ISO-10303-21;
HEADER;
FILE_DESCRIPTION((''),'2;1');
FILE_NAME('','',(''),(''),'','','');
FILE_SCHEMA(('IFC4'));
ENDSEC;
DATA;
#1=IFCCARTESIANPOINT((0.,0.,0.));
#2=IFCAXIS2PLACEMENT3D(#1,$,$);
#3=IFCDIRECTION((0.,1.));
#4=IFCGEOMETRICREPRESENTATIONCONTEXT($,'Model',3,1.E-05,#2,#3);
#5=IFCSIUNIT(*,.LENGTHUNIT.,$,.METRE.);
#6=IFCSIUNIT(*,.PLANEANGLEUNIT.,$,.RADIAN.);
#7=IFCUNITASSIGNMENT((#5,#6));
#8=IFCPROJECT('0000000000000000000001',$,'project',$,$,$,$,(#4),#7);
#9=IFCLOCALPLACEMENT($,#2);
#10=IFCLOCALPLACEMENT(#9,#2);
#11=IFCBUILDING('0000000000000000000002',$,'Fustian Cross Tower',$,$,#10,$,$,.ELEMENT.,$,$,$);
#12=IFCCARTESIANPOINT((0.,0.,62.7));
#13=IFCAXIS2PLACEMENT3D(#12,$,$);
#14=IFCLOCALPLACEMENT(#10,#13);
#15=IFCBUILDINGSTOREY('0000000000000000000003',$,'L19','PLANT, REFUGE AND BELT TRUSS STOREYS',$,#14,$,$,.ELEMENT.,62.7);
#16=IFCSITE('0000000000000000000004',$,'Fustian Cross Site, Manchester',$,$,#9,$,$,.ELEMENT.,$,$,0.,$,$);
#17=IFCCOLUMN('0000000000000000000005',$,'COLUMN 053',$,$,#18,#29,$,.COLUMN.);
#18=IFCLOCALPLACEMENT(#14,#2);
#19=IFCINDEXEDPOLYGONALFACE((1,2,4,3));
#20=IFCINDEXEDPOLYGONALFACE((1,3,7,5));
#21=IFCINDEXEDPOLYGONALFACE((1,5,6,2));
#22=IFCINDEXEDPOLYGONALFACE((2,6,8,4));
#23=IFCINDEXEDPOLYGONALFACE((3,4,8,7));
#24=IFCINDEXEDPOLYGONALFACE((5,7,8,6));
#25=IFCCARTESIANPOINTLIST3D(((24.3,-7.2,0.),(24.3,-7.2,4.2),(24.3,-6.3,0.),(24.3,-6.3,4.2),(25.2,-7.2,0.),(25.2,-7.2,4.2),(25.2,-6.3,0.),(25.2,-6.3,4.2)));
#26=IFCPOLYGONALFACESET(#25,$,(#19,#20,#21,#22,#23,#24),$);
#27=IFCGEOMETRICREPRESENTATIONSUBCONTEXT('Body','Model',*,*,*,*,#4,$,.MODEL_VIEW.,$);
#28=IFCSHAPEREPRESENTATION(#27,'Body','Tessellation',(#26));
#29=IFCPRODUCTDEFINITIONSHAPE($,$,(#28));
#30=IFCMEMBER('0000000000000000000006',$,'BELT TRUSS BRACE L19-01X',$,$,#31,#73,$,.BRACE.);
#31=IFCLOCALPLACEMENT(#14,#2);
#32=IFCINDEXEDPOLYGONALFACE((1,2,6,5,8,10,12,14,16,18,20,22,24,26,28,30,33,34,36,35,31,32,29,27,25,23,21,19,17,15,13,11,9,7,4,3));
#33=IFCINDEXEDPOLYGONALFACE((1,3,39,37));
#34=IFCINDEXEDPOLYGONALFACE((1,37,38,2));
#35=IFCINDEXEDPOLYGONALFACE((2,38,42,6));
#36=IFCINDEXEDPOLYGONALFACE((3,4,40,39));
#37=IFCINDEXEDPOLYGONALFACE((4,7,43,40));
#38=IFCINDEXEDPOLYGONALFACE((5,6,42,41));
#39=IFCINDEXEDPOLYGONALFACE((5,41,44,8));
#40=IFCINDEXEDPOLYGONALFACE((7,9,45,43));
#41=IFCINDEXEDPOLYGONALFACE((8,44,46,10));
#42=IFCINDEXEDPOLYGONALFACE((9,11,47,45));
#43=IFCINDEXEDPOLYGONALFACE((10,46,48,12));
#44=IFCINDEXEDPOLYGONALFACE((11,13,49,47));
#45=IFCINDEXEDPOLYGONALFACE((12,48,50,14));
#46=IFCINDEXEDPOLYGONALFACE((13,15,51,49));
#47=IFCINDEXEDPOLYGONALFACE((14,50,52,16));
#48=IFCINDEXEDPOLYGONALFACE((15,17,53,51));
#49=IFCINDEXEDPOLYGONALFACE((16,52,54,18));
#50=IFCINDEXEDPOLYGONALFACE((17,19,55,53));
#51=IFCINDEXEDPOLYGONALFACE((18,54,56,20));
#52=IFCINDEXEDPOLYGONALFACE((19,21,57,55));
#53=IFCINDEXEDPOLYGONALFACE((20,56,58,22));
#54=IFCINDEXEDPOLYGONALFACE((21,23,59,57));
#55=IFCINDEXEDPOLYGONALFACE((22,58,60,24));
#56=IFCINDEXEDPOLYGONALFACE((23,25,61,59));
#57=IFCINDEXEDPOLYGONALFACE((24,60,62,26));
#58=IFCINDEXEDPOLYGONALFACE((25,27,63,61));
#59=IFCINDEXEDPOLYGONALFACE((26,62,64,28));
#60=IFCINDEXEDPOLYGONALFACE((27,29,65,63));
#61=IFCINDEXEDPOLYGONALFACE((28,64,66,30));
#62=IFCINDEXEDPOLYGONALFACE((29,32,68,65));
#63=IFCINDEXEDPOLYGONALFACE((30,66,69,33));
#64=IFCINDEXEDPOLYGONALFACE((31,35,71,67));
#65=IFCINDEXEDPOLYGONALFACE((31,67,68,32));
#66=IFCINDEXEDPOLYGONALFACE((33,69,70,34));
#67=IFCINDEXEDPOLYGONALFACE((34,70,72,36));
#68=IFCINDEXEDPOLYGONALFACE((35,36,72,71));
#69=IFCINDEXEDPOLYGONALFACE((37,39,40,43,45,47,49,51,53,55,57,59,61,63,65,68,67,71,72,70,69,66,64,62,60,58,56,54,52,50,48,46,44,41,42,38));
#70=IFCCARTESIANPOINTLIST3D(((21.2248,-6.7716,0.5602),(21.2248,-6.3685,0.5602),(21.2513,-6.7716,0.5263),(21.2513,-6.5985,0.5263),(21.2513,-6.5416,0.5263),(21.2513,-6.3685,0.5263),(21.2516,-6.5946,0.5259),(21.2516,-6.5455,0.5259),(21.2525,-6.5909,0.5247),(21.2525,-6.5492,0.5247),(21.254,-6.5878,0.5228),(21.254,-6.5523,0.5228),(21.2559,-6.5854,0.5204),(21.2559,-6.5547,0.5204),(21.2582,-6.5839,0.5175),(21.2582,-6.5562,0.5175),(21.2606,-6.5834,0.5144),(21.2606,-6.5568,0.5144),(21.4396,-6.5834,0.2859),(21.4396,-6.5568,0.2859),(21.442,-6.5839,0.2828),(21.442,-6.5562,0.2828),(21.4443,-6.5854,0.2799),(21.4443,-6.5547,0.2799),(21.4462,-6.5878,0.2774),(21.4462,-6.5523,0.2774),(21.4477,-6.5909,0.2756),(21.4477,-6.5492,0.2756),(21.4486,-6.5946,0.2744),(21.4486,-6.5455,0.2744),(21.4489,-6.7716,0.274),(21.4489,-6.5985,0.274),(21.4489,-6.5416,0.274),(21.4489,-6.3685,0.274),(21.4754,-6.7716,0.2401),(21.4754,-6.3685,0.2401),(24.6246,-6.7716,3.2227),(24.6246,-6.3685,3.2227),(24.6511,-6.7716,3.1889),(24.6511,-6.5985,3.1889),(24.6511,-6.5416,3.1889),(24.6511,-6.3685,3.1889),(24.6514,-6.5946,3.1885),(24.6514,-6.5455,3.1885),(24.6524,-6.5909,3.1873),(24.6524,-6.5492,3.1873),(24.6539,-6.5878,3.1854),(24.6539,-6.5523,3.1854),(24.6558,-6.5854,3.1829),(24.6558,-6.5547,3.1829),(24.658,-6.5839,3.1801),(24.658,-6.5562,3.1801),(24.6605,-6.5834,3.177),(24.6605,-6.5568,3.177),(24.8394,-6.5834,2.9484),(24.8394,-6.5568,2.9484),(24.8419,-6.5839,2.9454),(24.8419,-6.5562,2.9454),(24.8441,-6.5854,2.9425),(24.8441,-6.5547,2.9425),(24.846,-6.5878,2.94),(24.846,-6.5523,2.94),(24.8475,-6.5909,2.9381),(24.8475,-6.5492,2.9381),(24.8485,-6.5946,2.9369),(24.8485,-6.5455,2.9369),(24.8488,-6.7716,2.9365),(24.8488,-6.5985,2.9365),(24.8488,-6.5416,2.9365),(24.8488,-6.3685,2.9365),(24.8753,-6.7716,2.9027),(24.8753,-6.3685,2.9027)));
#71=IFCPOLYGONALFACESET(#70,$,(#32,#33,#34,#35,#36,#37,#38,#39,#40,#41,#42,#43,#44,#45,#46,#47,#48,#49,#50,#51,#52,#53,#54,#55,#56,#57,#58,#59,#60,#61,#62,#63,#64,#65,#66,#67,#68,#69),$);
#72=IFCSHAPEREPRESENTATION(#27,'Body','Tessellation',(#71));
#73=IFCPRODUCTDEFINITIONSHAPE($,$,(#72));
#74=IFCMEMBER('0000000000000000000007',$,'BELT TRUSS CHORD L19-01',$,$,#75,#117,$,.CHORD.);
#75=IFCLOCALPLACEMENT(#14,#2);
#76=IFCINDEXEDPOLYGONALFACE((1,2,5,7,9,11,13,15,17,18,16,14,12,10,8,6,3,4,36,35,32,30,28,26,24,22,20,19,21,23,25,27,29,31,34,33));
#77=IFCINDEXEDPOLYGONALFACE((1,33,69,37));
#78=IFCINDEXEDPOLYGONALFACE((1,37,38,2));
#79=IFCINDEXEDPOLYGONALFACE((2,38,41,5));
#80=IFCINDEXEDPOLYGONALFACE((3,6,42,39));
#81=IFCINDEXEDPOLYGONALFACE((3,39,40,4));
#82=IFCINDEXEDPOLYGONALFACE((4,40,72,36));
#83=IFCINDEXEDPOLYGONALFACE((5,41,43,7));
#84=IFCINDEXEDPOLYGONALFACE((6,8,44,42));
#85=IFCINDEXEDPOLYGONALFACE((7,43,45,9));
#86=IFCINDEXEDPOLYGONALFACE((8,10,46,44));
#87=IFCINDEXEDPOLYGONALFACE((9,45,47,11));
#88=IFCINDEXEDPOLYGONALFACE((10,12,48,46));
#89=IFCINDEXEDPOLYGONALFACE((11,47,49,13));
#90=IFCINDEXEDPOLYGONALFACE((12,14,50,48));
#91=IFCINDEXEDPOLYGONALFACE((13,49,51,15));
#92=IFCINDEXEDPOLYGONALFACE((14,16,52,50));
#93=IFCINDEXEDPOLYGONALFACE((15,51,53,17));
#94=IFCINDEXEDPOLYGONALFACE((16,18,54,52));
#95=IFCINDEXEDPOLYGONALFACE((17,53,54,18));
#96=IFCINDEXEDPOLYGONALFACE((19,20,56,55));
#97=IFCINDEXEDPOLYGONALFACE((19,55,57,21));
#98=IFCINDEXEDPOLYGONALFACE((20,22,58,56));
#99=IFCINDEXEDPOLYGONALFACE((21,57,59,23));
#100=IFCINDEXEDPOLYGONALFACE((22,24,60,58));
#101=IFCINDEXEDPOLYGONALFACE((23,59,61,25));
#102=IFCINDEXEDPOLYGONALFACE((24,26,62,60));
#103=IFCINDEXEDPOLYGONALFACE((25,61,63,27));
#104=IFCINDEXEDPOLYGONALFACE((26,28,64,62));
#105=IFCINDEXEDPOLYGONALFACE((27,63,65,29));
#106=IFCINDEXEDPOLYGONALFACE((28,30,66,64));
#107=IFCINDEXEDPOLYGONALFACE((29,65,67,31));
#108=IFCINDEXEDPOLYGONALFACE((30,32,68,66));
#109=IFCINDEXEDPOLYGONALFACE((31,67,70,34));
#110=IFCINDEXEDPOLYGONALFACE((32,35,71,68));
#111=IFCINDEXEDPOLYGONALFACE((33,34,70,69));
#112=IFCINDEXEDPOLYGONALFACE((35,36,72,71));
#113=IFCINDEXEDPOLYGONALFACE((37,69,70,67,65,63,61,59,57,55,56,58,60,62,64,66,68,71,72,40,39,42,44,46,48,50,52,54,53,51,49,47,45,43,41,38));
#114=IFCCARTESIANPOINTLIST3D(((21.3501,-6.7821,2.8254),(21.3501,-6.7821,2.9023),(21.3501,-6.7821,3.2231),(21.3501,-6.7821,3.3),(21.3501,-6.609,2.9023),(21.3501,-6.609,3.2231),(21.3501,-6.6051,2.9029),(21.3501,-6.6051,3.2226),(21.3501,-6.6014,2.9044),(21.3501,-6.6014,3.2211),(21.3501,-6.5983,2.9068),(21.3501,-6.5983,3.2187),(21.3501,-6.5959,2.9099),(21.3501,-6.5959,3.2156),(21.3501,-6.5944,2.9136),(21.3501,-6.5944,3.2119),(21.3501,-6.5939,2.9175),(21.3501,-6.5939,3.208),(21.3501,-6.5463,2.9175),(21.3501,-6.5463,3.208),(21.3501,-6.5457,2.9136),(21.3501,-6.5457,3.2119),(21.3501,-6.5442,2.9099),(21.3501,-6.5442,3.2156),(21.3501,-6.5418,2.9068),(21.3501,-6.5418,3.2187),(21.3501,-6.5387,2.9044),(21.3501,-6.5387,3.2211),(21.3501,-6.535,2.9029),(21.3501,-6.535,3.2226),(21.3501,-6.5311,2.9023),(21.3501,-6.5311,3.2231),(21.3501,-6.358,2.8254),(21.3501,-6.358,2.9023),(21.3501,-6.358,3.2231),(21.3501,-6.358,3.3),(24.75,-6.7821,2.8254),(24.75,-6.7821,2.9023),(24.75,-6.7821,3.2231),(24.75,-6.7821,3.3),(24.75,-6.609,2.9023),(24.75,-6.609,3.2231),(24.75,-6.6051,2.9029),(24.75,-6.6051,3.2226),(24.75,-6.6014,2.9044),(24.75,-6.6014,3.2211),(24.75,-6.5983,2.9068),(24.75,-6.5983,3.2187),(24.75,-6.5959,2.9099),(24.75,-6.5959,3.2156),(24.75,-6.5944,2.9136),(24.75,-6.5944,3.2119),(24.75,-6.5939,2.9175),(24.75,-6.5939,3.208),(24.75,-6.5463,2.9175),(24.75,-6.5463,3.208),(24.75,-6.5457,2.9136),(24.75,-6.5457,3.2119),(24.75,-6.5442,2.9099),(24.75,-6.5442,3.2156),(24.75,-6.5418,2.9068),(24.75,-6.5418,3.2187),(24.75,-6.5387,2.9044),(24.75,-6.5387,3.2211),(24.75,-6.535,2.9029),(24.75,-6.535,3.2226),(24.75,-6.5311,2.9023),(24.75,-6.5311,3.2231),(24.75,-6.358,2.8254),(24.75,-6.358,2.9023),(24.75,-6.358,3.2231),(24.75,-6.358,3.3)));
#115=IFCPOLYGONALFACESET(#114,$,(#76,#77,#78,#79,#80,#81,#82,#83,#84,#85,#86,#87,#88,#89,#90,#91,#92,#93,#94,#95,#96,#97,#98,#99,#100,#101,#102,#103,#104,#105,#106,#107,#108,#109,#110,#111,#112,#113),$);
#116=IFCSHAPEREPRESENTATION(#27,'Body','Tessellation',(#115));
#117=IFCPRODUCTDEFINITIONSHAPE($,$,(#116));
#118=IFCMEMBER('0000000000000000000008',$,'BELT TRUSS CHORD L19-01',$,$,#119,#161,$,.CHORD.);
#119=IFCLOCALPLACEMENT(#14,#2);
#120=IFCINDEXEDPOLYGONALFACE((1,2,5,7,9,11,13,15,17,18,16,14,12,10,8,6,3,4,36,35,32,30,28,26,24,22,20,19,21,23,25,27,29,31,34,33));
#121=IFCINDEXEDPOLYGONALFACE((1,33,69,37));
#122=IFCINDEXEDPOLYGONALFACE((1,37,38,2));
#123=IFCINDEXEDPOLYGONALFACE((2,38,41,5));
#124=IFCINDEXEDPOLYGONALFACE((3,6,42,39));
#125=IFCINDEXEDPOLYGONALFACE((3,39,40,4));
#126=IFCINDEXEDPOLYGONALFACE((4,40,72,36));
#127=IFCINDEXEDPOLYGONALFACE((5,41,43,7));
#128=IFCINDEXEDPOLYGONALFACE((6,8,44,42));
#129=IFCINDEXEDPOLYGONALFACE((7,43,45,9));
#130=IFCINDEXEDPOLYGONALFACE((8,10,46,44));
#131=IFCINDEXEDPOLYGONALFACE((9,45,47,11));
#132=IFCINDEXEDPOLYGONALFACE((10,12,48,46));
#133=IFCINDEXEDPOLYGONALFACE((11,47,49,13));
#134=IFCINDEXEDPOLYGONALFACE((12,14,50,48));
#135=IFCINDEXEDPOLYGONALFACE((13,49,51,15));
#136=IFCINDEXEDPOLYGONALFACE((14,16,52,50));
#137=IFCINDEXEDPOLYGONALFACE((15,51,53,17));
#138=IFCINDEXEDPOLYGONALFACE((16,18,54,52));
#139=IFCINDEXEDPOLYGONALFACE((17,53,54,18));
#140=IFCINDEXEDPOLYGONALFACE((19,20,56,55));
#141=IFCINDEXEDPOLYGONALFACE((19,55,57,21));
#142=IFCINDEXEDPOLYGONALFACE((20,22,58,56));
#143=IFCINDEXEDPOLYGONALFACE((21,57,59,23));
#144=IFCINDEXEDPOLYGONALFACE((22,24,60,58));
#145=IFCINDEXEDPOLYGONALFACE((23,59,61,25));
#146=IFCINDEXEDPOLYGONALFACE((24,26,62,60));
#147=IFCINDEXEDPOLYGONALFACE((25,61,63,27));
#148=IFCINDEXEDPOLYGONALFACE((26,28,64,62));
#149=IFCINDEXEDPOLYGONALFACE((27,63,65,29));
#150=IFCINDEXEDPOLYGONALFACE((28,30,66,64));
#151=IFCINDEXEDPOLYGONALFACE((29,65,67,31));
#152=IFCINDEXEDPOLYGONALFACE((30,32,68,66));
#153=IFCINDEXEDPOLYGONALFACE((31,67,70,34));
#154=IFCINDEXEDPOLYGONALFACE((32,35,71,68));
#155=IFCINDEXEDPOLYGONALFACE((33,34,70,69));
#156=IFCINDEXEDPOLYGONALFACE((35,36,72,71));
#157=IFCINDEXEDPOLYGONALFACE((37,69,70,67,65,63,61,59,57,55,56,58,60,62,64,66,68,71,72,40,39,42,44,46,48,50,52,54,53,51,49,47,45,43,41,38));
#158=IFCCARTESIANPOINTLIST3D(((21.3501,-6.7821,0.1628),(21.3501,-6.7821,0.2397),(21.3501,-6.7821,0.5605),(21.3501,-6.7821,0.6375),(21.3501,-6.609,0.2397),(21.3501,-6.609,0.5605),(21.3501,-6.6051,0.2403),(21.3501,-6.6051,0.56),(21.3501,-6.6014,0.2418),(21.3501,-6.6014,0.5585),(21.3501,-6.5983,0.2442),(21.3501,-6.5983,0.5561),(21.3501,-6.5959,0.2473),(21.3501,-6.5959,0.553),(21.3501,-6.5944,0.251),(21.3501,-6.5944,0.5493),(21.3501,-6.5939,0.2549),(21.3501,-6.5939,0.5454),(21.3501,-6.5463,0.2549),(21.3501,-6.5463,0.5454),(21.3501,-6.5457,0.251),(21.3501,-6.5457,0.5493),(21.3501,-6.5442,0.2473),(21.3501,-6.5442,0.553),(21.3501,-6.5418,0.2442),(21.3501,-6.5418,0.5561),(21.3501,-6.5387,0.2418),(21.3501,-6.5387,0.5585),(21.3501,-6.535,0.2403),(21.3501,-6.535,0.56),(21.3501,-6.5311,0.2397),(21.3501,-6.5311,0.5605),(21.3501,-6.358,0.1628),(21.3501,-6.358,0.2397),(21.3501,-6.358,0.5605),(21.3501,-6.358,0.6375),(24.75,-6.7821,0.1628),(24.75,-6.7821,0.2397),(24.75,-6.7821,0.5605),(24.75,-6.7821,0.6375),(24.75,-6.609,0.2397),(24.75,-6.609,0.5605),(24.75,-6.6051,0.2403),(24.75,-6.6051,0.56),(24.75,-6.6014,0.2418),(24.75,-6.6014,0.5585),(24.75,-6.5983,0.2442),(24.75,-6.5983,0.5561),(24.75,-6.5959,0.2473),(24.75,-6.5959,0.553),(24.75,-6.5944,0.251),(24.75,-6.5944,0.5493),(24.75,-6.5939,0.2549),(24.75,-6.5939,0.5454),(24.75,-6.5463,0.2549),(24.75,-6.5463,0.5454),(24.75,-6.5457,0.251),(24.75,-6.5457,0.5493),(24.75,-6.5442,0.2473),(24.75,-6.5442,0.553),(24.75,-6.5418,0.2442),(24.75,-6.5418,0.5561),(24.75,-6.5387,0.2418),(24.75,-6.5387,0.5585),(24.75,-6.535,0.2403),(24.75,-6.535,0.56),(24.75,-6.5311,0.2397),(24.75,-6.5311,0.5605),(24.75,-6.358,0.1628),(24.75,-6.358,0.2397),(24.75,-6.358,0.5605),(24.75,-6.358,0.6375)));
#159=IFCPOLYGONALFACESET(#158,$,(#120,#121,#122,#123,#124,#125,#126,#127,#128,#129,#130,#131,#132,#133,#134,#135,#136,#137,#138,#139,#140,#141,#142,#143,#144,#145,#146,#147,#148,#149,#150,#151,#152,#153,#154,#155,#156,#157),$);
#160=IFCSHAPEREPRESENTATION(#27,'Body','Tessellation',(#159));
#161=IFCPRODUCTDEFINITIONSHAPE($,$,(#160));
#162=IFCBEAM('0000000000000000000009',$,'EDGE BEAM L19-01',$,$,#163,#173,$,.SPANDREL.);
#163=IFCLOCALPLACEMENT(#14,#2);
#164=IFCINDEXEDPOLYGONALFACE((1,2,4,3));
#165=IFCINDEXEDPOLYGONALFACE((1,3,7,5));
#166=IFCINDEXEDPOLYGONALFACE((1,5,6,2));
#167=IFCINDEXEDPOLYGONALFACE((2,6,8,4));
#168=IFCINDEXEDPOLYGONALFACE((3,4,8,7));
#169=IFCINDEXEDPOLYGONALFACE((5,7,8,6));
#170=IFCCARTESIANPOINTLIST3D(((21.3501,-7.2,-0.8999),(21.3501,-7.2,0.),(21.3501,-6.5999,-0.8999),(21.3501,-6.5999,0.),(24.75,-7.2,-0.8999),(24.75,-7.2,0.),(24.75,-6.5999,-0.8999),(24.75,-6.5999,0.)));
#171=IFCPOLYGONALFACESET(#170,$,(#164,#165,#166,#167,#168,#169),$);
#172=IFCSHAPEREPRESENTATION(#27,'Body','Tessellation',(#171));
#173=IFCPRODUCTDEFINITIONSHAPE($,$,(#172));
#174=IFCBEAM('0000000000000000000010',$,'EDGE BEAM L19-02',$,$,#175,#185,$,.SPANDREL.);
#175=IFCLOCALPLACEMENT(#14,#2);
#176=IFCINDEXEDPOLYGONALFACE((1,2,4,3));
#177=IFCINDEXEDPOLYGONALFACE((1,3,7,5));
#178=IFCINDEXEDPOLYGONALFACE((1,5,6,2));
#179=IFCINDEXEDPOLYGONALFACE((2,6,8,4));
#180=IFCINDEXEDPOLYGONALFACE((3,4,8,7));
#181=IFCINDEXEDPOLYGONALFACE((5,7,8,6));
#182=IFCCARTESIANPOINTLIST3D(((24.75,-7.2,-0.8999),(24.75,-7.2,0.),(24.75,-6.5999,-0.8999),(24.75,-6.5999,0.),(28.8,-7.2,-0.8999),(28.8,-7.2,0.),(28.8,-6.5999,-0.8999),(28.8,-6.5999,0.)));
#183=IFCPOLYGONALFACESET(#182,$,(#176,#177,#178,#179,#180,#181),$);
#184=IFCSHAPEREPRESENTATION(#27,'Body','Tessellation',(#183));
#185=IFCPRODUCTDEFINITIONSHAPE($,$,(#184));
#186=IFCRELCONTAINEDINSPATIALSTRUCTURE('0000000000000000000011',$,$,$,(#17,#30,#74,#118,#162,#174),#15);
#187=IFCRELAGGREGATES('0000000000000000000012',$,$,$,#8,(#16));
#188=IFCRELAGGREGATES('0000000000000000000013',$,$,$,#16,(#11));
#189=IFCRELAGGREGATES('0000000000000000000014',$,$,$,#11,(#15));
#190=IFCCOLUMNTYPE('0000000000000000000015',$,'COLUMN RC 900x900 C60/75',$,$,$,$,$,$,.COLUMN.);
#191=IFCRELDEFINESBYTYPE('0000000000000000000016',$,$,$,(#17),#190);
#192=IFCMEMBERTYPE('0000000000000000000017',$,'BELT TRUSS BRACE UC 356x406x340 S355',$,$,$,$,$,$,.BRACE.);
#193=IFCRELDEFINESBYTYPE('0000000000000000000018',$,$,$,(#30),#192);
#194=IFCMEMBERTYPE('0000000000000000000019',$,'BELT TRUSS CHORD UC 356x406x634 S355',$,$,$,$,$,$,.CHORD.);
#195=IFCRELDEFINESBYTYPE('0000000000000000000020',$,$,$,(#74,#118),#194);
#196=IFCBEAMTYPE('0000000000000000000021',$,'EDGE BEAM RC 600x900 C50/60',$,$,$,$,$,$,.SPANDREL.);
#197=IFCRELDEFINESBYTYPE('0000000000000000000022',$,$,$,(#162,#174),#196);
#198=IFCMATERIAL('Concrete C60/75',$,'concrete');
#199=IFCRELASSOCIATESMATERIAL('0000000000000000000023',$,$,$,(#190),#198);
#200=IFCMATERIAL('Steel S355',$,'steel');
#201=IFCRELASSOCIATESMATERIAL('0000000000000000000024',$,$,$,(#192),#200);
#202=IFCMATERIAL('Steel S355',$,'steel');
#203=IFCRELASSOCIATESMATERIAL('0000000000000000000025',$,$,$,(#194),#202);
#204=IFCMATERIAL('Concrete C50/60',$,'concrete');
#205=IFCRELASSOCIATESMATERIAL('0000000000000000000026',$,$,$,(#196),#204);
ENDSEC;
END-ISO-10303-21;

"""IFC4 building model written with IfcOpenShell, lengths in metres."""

from ifc_helpers import new_model, si_unit, direction, frame, origin, origin_2d, place, context, subcontext, project, spatial, rectangle, i_section, extrude, material, material_profile, profile_set, type_object, element, save


model = new_model("IFC4")

# Units and contexts
model_context = context("Model", 3, precision=1e-05, world=origin(), true_north=direction((0.0, 1.0)))
body_context = subcontext(model_context, "Body", "Model", "MODEL_VIEW")
ifc_project = project(units=[si_unit("LENGTHUNIT", "METRE"), si_unit("PLANEANGLEUNIT", "RADIAN")], contexts=[model_context])

# Site, building, storey
site_placement = place(None, origin())
site = spatial("IfcSite", under=ifc_project, at=site_placement, Name="Fustian Cross Site, Manchester", CompositionType="ELEMENT", RefElevation=0.0)
building_placement = place(site_placement, origin())
building = spatial("IfcBuilding", under=site, at=building_placement, Name="Fustian Cross Tower", CompositionType="ELEMENT")
storey_placement = place(building_placement, frame((0.0, 0.0, 62.7)))
storey = spatial("IfcBuildingStorey", under=building, at=storey_placement, Name="L19", Description="PLANT, REFUGE AND BELT TRUSS STOREYS", CompositionType="ELEMENT", Elevation=62.7)

# Column
ifc_material_1 = material(Name="Concrete C60/75", Category="concrete")
ifc_material_profile_1 = material_profile(ifc_material_1, rectangle(XDim=0.8999, YDim=0.8999, at=origin_2d()), Name="RC 900x900")
ifc_profile_set_1 = profile_set([ifc_material_profile_1], Name="Concrete C60/75")
column_type = type_object("IfcColumnType", Name="COLUMN RC 900x900 C60/75", PredefinedType="COLUMN", material=ifc_profile_set_1)
column_placement = place(storey_placement, frame((24.75, -6.75, 0.0), z_axis=(0.0, 0.0, 1.0), x_axis=(1.0, 0.0, 0.0)))
element("IfcColumn", 1, at=column_placement, inside=storey, type_object=column_type, Name="COLUMN 053", PredefinedType="COLUMN", context=body_context, shape_type="SweptSolid", body=[
    extrude(rectangle(XDim=0.8999, YDim=0.8999, at=origin_2d()), origin(), (0.0, 0.0, 1.0), 4.2),
])

# Members
ifc_material_2 = material(Name="Steel S355", Category="steel")
ifc_material_profile_2 = material_profile(ifc_material_2, i_section(OverallWidth=0.4031, OverallDepth=0.4065, WebThickness=0.0266, FlangeThickness=0.043, FilletRadius=0.0151, at=origin_2d()), Name="UC 356x406x340")
ifc_profile_set_2 = profile_set([ifc_material_profile_2], Name="Steel S355")
member_type_1 = type_object("IfcMemberType", Name="BELT TRUSS BRACE UC 356x406x340 S355", PredefinedType="BRACE", material=ifc_profile_set_2)
member_placement = place(storey_placement, frame((21.3501, -6.5701, 0.4001), z_axis=(0.787302, 0.0, 0.616567), x_axis=(0.0, 1.0, 0.0)))
element("IfcMember", 2, at=member_placement, inside=storey, type_object=member_type_1, Name="BELT TRUSS BRACE L19-01X", PredefinedType="BRACE", context=body_context, shape_type="SweptSolid", body=[
    extrude(i_section(OverallWidth=0.4031, OverallDepth=0.4065, WebThickness=0.0266, FlangeThickness=0.043, FilletRadius=0.0151, at=origin_2d()), origin(), (0.0, 0.0, 1.0), 4.3184),
])
ifc_material_3 = material(Name="Steel S355", Category="steel")
ifc_material_profile_3 = material_profile(ifc_material_3, i_section(OverallWidth=0.4241, OverallDepth=0.4746, WebThickness=0.0476, FlangeThickness=0.0769, FilletRadius=0.0151, at=origin_2d()), Name="UC 356x406x634")
ifc_profile_set_3 = profile_set([ifc_material_profile_3], Name="Steel S355")
member_type_2 = type_object("IfcMemberType", Name="BELT TRUSS CHORD UC 356x406x634 S355", PredefinedType="CHORD", material=ifc_profile_set_3)
for number, where, z_axis, x_axis, name in (
    (3, (21.3501, -6.5701, 3.0627), (1.0, 0.0, 0.0), (0.0, 1.0, 0.0), "BELT TRUSS CHORD L19-01"),
    (4, (21.3501, -6.5701, 0.4001), (1.0, 0.0, 0.0), (0.0, 1.0, 0.0), "BELT TRUSS CHORD L19-01"),
):
    element("IfcMember", number, at=place(storey_placement, frame(where, z_axis=z_axis, x_axis=x_axis)), inside=storey, type_object=member_type_2, Name=name, PredefinedType="CHORD", context=body_context, shape_type="SweptSolid", body=[
        extrude(i_section(OverallWidth=0.4241, OverallDepth=0.4746, WebThickness=0.0476, FlangeThickness=0.0769, FilletRadius=0.0151, at=origin_2d()), origin(), (0.0, 0.0, 1.0), 3.3999),
    ])

# Beams
ifc_material_4 = material(Name="Concrete C50/60", Category="concrete")
ifc_material_profile_4 = material_profile(ifc_material_4, rectangle(XDim=0.6001, YDim=0.8999, at=origin_2d()), Name="RC 600x900")
ifc_profile_set_4 = profile_set([ifc_material_profile_4], Name="Concrete C50/60")
beam_type = type_object("IfcBeamType", Name="EDGE BEAM RC 600x900 C50/60", PredefinedType="SPANDREL", material=ifc_profile_set_4)
beam_1_placement = place(storey_placement, frame((21.3501, -6.8999, -0.45), z_axis=(1.0, 0.0, 0.0), x_axis=(0.0, 1.0, 0.0)))
element("IfcBeam", 5, at=beam_1_placement, inside=storey, type_object=beam_type, Name="EDGE BEAM L19-01", PredefinedType="SPANDREL", context=body_context, shape_type="SweptSolid", body=[
    extrude(rectangle(XDim=0.6001, YDim=0.8999, at=origin_2d()), origin(), (0.0, 0.0, 1.0), 3.3999),
])
beam_2_placement = place(storey_placement, frame((24.75, -6.8999, -0.45), z_axis=(1.0, 0.0, 0.0), x_axis=(0.0, 1.0, 0.0)))
element("IfcBeam", 6, at=beam_2_placement, inside=storey, type_object=beam_type, Name="EDGE BEAM L19-02", PredefinedType="SPANDREL", context=body_context, shape_type="SweptSolid", body=[
    extrude(rectangle(XDim=0.6001, YDim=0.8999, at=origin_2d()), origin(), (0.0, 0.0, 1.0), 4.05),
])

save(model, "model.ifc")
